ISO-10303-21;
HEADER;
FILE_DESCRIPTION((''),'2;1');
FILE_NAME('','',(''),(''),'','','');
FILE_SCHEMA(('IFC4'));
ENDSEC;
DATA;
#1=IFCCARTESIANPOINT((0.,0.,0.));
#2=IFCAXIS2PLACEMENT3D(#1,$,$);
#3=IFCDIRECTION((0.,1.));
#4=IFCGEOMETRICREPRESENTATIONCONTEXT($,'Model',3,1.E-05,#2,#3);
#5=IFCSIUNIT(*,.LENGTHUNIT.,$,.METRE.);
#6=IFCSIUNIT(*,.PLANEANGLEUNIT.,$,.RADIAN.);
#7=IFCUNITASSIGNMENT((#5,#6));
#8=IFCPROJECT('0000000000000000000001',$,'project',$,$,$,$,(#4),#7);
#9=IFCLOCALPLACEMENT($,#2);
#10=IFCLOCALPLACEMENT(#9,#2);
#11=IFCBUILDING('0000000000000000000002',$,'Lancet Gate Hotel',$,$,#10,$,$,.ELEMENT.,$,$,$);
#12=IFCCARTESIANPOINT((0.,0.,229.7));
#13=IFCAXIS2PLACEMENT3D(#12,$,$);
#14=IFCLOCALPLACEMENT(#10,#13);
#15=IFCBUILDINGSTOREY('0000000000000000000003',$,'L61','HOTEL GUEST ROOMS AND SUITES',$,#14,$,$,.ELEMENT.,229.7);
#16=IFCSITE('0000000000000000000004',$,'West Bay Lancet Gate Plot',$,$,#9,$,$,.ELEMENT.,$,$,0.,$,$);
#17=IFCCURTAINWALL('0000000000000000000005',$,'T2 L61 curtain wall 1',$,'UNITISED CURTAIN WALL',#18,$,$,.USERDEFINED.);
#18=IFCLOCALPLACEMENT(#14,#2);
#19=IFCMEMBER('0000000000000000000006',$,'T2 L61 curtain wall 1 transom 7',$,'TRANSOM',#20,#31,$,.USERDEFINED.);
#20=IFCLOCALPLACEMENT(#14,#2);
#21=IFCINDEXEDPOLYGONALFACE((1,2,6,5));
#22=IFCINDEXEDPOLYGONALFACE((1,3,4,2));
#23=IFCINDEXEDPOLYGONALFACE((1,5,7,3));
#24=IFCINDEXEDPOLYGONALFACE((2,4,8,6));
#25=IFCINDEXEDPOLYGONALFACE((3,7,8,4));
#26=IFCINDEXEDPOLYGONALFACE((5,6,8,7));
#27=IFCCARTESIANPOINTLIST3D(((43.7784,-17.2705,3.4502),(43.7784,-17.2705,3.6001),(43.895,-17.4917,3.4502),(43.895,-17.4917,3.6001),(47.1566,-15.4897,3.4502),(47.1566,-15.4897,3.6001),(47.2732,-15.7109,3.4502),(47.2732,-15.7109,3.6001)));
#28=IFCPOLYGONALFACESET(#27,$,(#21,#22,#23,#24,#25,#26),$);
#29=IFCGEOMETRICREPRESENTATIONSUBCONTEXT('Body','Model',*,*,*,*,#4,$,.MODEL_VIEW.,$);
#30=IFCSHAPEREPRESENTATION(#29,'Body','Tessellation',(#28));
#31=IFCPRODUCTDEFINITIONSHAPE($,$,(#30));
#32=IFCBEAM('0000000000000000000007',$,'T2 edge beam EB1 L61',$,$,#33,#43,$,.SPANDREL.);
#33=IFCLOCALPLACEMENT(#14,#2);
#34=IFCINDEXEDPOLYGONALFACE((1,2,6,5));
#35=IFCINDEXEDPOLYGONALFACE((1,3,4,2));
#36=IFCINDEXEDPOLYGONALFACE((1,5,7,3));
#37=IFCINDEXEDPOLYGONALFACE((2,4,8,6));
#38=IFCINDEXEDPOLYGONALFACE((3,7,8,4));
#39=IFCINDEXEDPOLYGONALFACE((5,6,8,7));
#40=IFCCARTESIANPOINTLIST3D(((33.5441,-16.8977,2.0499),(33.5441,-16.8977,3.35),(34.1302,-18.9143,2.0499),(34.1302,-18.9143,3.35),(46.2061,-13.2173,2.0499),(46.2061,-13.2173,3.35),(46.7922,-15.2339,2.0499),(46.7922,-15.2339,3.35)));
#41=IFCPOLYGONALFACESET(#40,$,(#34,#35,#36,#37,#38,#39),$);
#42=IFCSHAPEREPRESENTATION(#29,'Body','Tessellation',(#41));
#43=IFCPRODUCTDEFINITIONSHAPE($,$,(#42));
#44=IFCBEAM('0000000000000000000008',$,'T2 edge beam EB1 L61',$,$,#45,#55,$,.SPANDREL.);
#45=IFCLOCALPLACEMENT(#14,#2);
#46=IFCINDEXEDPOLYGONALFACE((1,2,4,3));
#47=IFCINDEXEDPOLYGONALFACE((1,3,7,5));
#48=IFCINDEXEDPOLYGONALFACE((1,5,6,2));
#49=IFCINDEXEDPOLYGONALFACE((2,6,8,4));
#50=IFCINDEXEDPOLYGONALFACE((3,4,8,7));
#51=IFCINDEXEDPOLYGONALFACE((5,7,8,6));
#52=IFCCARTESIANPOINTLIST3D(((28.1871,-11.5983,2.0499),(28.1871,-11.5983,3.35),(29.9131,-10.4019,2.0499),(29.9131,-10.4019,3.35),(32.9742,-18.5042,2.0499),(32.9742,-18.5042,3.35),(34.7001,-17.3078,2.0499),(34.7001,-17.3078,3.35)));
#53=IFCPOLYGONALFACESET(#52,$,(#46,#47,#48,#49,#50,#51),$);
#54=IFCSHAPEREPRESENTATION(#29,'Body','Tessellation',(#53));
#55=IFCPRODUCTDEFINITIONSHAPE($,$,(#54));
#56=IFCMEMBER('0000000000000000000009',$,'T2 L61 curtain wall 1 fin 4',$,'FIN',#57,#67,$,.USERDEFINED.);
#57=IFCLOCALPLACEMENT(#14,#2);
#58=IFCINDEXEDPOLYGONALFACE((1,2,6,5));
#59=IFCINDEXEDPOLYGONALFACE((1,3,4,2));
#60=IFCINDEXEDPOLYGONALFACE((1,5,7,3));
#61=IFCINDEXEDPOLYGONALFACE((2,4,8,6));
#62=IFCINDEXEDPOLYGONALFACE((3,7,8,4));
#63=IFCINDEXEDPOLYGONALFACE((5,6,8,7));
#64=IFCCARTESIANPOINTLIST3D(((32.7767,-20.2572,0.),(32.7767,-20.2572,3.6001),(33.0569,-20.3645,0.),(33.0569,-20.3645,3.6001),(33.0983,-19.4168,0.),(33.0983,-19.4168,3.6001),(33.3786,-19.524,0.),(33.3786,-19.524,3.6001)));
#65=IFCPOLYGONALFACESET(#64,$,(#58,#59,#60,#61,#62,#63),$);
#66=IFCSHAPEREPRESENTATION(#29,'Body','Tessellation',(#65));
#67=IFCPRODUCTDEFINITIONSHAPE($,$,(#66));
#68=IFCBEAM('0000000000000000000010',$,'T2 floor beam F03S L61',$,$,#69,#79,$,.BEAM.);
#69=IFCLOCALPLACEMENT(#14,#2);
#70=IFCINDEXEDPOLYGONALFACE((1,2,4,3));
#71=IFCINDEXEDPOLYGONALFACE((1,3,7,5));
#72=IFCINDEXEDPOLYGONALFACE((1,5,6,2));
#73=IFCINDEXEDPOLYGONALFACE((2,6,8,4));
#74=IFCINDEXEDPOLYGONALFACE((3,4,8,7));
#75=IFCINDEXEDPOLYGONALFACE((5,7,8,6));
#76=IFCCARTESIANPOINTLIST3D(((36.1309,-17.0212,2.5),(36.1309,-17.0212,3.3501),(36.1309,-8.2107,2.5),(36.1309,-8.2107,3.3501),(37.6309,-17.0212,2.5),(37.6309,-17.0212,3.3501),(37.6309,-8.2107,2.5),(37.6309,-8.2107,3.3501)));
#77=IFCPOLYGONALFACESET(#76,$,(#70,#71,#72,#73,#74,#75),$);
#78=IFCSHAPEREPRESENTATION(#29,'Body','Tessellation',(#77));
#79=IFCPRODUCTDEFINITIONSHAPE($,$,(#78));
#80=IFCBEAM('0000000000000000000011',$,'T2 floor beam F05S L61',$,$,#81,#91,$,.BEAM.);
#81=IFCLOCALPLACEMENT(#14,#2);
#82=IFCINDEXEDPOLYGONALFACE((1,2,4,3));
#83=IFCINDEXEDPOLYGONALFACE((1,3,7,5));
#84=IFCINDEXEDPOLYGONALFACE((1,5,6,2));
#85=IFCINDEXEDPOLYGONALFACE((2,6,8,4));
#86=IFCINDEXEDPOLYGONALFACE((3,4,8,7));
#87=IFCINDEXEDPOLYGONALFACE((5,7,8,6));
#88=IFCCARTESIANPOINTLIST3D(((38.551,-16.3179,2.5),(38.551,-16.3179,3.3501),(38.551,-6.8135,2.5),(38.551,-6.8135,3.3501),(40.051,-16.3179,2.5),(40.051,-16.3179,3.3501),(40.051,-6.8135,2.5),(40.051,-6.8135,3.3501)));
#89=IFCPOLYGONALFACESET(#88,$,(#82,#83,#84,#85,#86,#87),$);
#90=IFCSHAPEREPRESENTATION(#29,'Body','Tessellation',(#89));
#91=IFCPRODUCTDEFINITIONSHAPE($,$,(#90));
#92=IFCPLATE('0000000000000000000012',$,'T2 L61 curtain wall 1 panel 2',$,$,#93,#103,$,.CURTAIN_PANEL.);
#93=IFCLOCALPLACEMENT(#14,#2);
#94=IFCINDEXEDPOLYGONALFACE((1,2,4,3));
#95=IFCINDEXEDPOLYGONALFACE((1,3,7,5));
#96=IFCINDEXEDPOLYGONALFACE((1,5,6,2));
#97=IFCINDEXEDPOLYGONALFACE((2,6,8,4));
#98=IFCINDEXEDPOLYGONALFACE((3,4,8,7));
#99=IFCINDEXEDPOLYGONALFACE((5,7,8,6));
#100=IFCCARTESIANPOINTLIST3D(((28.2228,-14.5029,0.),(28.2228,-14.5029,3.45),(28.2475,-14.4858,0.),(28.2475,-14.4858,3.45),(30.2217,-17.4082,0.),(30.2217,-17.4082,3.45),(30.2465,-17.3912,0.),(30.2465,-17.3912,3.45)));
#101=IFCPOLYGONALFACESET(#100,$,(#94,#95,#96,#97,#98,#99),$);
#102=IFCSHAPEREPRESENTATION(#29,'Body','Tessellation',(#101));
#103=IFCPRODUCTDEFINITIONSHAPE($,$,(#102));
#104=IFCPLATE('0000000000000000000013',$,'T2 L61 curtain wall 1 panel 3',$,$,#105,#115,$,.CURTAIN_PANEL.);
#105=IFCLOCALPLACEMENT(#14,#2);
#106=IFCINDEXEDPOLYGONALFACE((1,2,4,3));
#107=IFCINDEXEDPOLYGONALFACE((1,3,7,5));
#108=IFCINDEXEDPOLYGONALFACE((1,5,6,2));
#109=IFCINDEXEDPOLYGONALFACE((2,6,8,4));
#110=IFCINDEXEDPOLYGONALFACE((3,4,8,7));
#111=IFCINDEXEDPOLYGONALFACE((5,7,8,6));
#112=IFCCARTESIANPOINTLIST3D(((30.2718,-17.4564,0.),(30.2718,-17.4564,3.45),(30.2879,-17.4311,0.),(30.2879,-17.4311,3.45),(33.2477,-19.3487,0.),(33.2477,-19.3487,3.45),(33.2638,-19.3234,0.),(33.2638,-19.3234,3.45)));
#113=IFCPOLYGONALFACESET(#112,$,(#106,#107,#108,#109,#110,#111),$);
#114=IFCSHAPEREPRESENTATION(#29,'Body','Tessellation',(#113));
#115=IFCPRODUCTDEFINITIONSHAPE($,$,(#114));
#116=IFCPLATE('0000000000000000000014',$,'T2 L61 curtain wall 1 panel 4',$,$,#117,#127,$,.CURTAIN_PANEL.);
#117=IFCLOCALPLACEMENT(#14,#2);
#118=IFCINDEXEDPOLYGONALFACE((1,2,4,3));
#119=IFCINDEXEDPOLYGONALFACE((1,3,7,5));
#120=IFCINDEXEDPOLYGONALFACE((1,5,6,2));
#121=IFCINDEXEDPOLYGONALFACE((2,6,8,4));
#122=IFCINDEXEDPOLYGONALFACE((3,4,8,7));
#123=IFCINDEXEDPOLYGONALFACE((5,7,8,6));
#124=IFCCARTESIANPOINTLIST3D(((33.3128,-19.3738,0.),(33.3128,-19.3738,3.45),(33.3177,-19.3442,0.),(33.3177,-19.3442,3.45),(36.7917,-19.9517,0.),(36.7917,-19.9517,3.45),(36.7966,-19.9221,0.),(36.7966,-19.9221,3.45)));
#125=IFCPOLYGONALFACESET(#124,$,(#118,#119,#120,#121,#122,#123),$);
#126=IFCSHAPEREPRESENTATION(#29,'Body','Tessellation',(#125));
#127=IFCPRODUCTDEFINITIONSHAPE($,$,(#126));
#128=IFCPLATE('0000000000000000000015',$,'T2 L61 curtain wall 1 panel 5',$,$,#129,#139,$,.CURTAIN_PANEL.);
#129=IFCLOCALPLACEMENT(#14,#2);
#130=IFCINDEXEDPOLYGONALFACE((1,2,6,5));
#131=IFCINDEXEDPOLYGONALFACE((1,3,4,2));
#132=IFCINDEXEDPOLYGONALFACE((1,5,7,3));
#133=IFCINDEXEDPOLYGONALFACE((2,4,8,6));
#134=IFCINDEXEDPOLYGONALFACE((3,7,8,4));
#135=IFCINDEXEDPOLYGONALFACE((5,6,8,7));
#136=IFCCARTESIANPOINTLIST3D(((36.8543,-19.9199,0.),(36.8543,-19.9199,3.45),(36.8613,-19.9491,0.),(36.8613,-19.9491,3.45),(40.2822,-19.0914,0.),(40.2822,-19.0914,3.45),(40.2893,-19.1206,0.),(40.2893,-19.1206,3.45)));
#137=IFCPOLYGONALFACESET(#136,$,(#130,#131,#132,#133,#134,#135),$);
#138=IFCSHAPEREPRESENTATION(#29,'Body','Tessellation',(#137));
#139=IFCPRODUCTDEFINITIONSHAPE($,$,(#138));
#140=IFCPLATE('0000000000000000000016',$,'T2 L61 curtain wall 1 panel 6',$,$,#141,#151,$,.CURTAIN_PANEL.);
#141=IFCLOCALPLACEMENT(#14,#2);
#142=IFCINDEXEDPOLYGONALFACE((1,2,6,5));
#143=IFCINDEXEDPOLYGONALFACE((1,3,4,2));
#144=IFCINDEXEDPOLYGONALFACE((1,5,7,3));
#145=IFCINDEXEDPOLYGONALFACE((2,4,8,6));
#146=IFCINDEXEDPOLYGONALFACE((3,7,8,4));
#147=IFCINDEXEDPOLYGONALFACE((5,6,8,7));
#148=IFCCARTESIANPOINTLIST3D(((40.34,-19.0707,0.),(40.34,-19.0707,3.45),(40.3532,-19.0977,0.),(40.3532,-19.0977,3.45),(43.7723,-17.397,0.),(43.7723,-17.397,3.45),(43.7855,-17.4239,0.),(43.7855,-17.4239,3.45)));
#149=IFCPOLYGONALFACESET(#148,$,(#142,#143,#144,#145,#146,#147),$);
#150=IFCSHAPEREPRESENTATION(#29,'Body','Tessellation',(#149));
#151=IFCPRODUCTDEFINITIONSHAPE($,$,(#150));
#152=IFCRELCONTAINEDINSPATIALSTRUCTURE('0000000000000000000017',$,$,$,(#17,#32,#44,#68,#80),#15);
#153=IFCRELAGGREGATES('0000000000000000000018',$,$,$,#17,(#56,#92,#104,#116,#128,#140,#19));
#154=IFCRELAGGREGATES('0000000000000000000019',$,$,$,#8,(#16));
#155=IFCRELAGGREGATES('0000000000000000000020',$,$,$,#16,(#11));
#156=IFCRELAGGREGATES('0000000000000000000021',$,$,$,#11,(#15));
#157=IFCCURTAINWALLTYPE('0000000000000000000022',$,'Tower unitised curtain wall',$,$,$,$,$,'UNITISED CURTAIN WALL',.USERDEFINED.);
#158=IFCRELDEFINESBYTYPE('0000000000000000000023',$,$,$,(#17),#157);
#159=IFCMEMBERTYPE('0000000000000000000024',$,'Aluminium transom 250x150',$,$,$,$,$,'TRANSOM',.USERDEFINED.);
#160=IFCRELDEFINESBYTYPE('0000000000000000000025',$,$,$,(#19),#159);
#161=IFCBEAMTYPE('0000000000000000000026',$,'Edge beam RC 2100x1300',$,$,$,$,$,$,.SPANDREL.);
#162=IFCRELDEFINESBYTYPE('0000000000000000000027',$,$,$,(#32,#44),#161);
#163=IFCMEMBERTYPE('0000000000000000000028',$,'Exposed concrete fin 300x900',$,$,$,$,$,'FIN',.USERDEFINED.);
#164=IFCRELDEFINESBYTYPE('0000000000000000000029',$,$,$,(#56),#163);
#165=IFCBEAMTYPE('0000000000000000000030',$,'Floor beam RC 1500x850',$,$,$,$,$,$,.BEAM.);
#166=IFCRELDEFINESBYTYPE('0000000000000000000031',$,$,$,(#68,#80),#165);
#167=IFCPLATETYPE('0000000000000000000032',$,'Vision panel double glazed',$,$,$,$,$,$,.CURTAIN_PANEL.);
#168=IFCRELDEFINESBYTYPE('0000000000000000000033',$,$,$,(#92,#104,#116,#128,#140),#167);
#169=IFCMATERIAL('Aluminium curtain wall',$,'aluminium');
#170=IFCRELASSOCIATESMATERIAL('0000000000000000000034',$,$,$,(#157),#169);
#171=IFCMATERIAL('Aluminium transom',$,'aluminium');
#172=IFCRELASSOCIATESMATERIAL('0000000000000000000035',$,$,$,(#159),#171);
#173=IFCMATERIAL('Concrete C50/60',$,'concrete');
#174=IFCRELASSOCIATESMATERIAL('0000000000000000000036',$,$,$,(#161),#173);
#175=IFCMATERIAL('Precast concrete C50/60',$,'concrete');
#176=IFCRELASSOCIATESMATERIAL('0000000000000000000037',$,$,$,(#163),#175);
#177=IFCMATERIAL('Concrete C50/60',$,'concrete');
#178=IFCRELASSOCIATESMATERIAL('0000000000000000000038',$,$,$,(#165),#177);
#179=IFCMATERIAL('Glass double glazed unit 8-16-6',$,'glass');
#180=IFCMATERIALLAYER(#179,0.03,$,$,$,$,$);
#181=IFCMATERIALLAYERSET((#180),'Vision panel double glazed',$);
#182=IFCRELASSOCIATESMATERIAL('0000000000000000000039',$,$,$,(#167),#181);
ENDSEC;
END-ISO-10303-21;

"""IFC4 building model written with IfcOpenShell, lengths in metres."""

from ifc_helpers import new_model, si_unit, direction, frame, origin, origin_2d, place, context, subcontext, project, spatial, rectangle, extrude, material, layer, layer_set, material_profile, profile_set, type_object, element, aggregate, save


model = new_model("IFC4")

# Units and contexts
model_context = context("Model", 3, precision=1e-05, world=origin(), true_north=direction((0.0, 1.0)))
body_context = subcontext(model_context, "Body", "Model", "MODEL_VIEW")
ifc_project = project(units=[si_unit("LENGTHUNIT", "METRE"), si_unit("PLANEANGLEUNIT", "RADIAN")], contexts=[model_context])

# Site, building, storey
site_placement = place(None, origin())
site = spatial("IfcSite", under=ifc_project, at=site_placement, Name="West Bay Lancet Gate Plot", CompositionType="ELEMENT", RefElevation=0.0)
building_placement = place(site_placement, origin())
building = spatial("IfcBuilding", under=site, at=building_placement, Name="Lancet Gate Hotel", CompositionType="ELEMENT")
storey_placement = place(building_placement, frame((0.0, 0.0, 229.7)))
storey = spatial("IfcBuildingStorey", under=building, at=storey_placement, Name="L61", Description="HOTEL GUEST ROOMS AND SUITES", CompositionType="ELEMENT", Elevation=229.7)

# Curtain wall, member
ifc_material_1 = material(Name="Aluminium curtain wall", Category="aluminium")
curtain_wall_type = type_object("IfcCurtainWallType", Name="Tower unitised curtain wall", ElementType="UNITISED CURTAIN WALL", PredefinedType="USERDEFINED", material=ifc_material_1)
curtain_wall_placement = place(storey_placement, origin())
curtain_wall = element("IfcCurtainWall", 1, at=curtain_wall_placement, inside=storey, type_object=curtain_wall_type, Name="T2 L61 curtain wall 1", ObjectType="UNITISED CURTAIN WALL", PredefinedType="USERDEFINED")
ifc_material_2 = material(Name="Aluminium transom", Category="aluminium")
ifc_material_profile_1 = material_profile(ifc_material_2, rectangle(XDim=0.25, YDim=0.1499, at=origin_2d()), Name="TRANSOM 250x150")
ifc_profile_set_1 = profile_set([ifc_material_profile_1], Name="Aluminium transom")
member_type_1 = type_object("IfcMemberType", Name="Aluminium transom 250x150", ElementType="TRANSOM", PredefinedType="USERDEFINED", material=ifc_profile_set_1)
member_1_placement = place(storey_placement, frame((43.8367, -17.3811, 3.5251), z_axis=(0.884618, 0.466315, 0.0), x_axis=(-0.466315, 0.884618, 0.0)))
member_1 = element("IfcMember", 2, at=member_1_placement, type_object=member_type_1, Name="T2 L61 curtain wall 1 transom 7", ObjectType="TRANSOM", PredefinedType="USERDEFINED", context=body_context, shape_type="SweptSolid", body=[
    extrude(rectangle(XDim=0.25, YDim=0.1499, at=origin_2d()), origin(), (0.0, 0.0, 1.0), 3.8188),
])

# Beams
ifc_material_3 = material(Name="Concrete C50/60", Category="concrete")
ifc_material_profile_2 = material_profile(ifc_material_3, rectangle(XDim=2.1001, YDim=1.3, at=origin_2d()), Name="RC 2100x1300")
ifc_profile_set_2 = profile_set([ifc_material_profile_2], Name="Concrete C50/60")
beam_type_1 = type_object("IfcBeamType", Name="Edge beam RC 2100x1300", PredefinedType="SPANDREL", material=ifc_profile_set_2)
beam_1_placement = place(storey_placement, frame((33.8372, -17.906, 2.7), z_axis=(0.960258, 0.279113, 0.0), x_axis=(-0.279113, 0.960258, 0.0)))
element("IfcBeam", 3, at=beam_1_placement, inside=storey, type_object=beam_type_1, Name="T2 edge beam EB1 L61", PredefinedType="SPANDREL", context=body_context, shape_type="SweptSolid", body=[
    extrude(rectangle(XDim=2.1001, YDim=1.3, at=origin_2d()), origin(), (0.0, 0.0, 1.0), 13.186),
])
beam_2_placement = place(storey_placement, frame((33.8372, -17.906, 2.7), z_axis=(-0.569695, 0.821856, 0.0), x_axis=(-0.821856, -0.569695, 0.0)))
element("IfcBeam", 4, at=beam_2_placement, inside=storey, type_object=beam_type_1, Name="T2 edge beam EB1 L61", PredefinedType="SPANDREL", context=body_context, shape_type="SweptSolid", body=[
    extrude(rectangle(XDim=2.1001, YDim=1.3, at=origin_2d()), origin(), (0.0, 0.0, 1.0), 8.4028),
])

# Member
ifc_material_4 = material(Name="Precast concrete C50/60", Category="concrete")
ifc_material_profile_3 = material_profile(ifc_material_4, rectangle(XDim=0.3, YDim=0.8999, at=origin_2d()), Name="FIN 300x900")
ifc_profile_set_3 = profile_set([ifc_material_profile_3], Name="Precast concrete C50/60")
member_type_2 = type_object("IfcMemberType", Name="Exposed concrete fin 300x900", ElementType="FIN", PredefinedType="USERDEFINED", material=ifc_profile_set_3)
member_2_placement = place(storey_placement, frame((33.0776, -19.8906, 0.0), z_axis=(0.0, 0.0, 1.0), x_axis=(0.933943, -0.357421, 0.0)))
member_2 = element("IfcMember", 5, at=member_2_placement, type_object=member_type_2, Name="T2 L61 curtain wall 1 fin 4", ObjectType="FIN", PredefinedType="USERDEFINED", context=body_context, shape_type="SweptSolid", body=[
    extrude(rectangle(XDim=0.3, YDim=0.8999, at=origin_2d()), origin(), (0.0, 0.0, 1.0), 3.6001),
])

# Beams
ifc_material_5 = material(Name="Concrete C50/60", Category="concrete")
ifc_material_profile_4 = material_profile(ifc_material_5, rectangle(XDim=1.5, YDim=0.8501, at=origin_2d()), Name="RC 1500x850")
ifc_profile_set_4 = profile_set([ifc_material_profile_4], Name="Concrete C50/60")
beam_type_2 = type_object("IfcBeamType", Name="Floor beam RC 1500x850", PredefinedType="BEAM", material=ifc_profile_set_4)
beam_3_placement = place(storey_placement, frame((36.8809, -17.0212, 2.925), z_axis=(0.0, 1.0, 0.0), x_axis=(-1.0, 0.0, 0.0)))
element("IfcBeam", 6, at=beam_3_placement, inside=storey, type_object=beam_type_2, Name="T2 floor beam F03S L61", PredefinedType="BEAM", context=body_context, shape_type="SweptSolid", body=[
    extrude(rectangle(XDim=1.5, YDim=0.8501, at=origin_2d()), origin(), (0.0, 0.0, 1.0), 8.8105),
])
beam_4_placement = place(storey_placement, frame((39.301, -16.3179, 2.925), z_axis=(0.0, 1.0, 0.0), x_axis=(-1.0, 0.0, 0.0)))
element("IfcBeam", 7, at=beam_4_placement, inside=storey, type_object=beam_type_2, Name="T2 floor beam F05S L61", PredefinedType="BEAM", context=body_context, shape_type="SweptSolid", body=[
    extrude(rectangle(XDim=1.5, YDim=0.8501, at=origin_2d()), origin(), (0.0, 0.0, 1.0), 9.5044),
])

# Plates
ifc_material_6 = material(Name="Glass double glazed unit 8-16-6", Category="glass")
ifc_layer = layer(ifc_material_6, 0.03)
ifc_layer_set = layer_set([ifc_layer], Name="Vision panel double glazed")
plate_type = type_object("IfcPlateType", Name="Vision panel double glazed", PredefinedType="CURTAIN_PANEL", material=ifc_layer_set)
plate_1_placement = place(storey_placement, frame((29.2346, -15.947, 0.0), z_axis=(0.0, 0.0, 1.0), x_axis=(0.566824, -0.823839, 0.0)))
plate_1 = element("IfcPlate", 8, at=plate_1_placement, type_object=plate_type, Name="T2 L61 curtain wall 1 panel 2", PredefinedType="CURTAIN_PANEL", context=body_context, shape_type="SweptSolid", body=[
    extrude(rectangle(XDim=3.5266, YDim=0.03, at=origin_2d()), origin(), (0.0, 0.0, 1.0), 3.45),
])
plate_2_placement = place(storey_placement, frame((31.7678, -18.3899, 0.0), z_axis=(0.0, 0.0, 1.0), x_axis=(0.843845, -0.536587, 0.0)))
plate_2 = element("IfcPlate", 9, at=plate_2_placement, type_object=plate_type, Name="T2 L61 curtain wall 1 panel 3", PredefinedType="CURTAIN_PANEL", context=body_context, shape_type="SweptSolid", body=[
    extrude(rectangle(XDim=3.5266, YDim=0.03, at=origin_2d()), origin(), (0.0, 0.0, 1.0), 3.45),
])
plate_3_placement = place(storey_placement, frame((35.0547, -19.6479, 0.0), z_axis=(0.0, 0.0, 1.0), x_axis=(0.98648, -0.163881, 0.0)))
plate_3 = element("IfcPlate", 10, at=plate_3_placement, type_object=plate_type, Name="T2 L61 curtain wall 1 panel 4", PredefinedType="CURTAIN_PANEL", context=body_context, shape_type="SweptSolid", body=[
    extrude(rectangle(XDim=3.5266, YDim=0.03, at=origin_2d()), origin(), (0.0, 0.0, 1.0), 3.45),
])
plate_4_placement = place(storey_placement, frame((38.5718, -19.5203, 0.0), z_axis=(0.0, 0.0, 1.0), x_axis=(0.972014, 0.234924, 0.0)))
plate_4 = element("IfcPlate", 11, at=plate_4_placement, type_object=plate_type, Name="T2 L61 curtain wall 1 panel 5", PredefinedType="CURTAIN_PANEL", context=body_context, shape_type="SweptSolid", body=[
    extrude(rectangle(XDim=3.5266, YDim=0.03, at=origin_2d()), origin(), (0.0, 0.0, 1.0), 3.45),
])
plate_5_placement = place(storey_placement, frame((42.0627, -18.2473, 0.0), z_axis=(0.0, 0.0, 1.0), x_axis=(0.898823, 0.438311, 0.0)))
plate_5 = element("IfcPlate", 12, at=plate_5_placement, type_object=plate_type, Name="T2 L61 curtain wall 1 panel 6", PredefinedType="CURTAIN_PANEL", context=body_context, shape_type="SweptSolid", body=[
    extrude(rectangle(XDim=3.8186, YDim=0.03, at=origin_2d()), origin(), (0.0, 0.0, 1.0), 3.45),
])
aggregate(curtain_wall, [member_2, plate_1, plate_2, plate_3, plate_4, plate_5, member_1])

save(model, "model.ifc")
